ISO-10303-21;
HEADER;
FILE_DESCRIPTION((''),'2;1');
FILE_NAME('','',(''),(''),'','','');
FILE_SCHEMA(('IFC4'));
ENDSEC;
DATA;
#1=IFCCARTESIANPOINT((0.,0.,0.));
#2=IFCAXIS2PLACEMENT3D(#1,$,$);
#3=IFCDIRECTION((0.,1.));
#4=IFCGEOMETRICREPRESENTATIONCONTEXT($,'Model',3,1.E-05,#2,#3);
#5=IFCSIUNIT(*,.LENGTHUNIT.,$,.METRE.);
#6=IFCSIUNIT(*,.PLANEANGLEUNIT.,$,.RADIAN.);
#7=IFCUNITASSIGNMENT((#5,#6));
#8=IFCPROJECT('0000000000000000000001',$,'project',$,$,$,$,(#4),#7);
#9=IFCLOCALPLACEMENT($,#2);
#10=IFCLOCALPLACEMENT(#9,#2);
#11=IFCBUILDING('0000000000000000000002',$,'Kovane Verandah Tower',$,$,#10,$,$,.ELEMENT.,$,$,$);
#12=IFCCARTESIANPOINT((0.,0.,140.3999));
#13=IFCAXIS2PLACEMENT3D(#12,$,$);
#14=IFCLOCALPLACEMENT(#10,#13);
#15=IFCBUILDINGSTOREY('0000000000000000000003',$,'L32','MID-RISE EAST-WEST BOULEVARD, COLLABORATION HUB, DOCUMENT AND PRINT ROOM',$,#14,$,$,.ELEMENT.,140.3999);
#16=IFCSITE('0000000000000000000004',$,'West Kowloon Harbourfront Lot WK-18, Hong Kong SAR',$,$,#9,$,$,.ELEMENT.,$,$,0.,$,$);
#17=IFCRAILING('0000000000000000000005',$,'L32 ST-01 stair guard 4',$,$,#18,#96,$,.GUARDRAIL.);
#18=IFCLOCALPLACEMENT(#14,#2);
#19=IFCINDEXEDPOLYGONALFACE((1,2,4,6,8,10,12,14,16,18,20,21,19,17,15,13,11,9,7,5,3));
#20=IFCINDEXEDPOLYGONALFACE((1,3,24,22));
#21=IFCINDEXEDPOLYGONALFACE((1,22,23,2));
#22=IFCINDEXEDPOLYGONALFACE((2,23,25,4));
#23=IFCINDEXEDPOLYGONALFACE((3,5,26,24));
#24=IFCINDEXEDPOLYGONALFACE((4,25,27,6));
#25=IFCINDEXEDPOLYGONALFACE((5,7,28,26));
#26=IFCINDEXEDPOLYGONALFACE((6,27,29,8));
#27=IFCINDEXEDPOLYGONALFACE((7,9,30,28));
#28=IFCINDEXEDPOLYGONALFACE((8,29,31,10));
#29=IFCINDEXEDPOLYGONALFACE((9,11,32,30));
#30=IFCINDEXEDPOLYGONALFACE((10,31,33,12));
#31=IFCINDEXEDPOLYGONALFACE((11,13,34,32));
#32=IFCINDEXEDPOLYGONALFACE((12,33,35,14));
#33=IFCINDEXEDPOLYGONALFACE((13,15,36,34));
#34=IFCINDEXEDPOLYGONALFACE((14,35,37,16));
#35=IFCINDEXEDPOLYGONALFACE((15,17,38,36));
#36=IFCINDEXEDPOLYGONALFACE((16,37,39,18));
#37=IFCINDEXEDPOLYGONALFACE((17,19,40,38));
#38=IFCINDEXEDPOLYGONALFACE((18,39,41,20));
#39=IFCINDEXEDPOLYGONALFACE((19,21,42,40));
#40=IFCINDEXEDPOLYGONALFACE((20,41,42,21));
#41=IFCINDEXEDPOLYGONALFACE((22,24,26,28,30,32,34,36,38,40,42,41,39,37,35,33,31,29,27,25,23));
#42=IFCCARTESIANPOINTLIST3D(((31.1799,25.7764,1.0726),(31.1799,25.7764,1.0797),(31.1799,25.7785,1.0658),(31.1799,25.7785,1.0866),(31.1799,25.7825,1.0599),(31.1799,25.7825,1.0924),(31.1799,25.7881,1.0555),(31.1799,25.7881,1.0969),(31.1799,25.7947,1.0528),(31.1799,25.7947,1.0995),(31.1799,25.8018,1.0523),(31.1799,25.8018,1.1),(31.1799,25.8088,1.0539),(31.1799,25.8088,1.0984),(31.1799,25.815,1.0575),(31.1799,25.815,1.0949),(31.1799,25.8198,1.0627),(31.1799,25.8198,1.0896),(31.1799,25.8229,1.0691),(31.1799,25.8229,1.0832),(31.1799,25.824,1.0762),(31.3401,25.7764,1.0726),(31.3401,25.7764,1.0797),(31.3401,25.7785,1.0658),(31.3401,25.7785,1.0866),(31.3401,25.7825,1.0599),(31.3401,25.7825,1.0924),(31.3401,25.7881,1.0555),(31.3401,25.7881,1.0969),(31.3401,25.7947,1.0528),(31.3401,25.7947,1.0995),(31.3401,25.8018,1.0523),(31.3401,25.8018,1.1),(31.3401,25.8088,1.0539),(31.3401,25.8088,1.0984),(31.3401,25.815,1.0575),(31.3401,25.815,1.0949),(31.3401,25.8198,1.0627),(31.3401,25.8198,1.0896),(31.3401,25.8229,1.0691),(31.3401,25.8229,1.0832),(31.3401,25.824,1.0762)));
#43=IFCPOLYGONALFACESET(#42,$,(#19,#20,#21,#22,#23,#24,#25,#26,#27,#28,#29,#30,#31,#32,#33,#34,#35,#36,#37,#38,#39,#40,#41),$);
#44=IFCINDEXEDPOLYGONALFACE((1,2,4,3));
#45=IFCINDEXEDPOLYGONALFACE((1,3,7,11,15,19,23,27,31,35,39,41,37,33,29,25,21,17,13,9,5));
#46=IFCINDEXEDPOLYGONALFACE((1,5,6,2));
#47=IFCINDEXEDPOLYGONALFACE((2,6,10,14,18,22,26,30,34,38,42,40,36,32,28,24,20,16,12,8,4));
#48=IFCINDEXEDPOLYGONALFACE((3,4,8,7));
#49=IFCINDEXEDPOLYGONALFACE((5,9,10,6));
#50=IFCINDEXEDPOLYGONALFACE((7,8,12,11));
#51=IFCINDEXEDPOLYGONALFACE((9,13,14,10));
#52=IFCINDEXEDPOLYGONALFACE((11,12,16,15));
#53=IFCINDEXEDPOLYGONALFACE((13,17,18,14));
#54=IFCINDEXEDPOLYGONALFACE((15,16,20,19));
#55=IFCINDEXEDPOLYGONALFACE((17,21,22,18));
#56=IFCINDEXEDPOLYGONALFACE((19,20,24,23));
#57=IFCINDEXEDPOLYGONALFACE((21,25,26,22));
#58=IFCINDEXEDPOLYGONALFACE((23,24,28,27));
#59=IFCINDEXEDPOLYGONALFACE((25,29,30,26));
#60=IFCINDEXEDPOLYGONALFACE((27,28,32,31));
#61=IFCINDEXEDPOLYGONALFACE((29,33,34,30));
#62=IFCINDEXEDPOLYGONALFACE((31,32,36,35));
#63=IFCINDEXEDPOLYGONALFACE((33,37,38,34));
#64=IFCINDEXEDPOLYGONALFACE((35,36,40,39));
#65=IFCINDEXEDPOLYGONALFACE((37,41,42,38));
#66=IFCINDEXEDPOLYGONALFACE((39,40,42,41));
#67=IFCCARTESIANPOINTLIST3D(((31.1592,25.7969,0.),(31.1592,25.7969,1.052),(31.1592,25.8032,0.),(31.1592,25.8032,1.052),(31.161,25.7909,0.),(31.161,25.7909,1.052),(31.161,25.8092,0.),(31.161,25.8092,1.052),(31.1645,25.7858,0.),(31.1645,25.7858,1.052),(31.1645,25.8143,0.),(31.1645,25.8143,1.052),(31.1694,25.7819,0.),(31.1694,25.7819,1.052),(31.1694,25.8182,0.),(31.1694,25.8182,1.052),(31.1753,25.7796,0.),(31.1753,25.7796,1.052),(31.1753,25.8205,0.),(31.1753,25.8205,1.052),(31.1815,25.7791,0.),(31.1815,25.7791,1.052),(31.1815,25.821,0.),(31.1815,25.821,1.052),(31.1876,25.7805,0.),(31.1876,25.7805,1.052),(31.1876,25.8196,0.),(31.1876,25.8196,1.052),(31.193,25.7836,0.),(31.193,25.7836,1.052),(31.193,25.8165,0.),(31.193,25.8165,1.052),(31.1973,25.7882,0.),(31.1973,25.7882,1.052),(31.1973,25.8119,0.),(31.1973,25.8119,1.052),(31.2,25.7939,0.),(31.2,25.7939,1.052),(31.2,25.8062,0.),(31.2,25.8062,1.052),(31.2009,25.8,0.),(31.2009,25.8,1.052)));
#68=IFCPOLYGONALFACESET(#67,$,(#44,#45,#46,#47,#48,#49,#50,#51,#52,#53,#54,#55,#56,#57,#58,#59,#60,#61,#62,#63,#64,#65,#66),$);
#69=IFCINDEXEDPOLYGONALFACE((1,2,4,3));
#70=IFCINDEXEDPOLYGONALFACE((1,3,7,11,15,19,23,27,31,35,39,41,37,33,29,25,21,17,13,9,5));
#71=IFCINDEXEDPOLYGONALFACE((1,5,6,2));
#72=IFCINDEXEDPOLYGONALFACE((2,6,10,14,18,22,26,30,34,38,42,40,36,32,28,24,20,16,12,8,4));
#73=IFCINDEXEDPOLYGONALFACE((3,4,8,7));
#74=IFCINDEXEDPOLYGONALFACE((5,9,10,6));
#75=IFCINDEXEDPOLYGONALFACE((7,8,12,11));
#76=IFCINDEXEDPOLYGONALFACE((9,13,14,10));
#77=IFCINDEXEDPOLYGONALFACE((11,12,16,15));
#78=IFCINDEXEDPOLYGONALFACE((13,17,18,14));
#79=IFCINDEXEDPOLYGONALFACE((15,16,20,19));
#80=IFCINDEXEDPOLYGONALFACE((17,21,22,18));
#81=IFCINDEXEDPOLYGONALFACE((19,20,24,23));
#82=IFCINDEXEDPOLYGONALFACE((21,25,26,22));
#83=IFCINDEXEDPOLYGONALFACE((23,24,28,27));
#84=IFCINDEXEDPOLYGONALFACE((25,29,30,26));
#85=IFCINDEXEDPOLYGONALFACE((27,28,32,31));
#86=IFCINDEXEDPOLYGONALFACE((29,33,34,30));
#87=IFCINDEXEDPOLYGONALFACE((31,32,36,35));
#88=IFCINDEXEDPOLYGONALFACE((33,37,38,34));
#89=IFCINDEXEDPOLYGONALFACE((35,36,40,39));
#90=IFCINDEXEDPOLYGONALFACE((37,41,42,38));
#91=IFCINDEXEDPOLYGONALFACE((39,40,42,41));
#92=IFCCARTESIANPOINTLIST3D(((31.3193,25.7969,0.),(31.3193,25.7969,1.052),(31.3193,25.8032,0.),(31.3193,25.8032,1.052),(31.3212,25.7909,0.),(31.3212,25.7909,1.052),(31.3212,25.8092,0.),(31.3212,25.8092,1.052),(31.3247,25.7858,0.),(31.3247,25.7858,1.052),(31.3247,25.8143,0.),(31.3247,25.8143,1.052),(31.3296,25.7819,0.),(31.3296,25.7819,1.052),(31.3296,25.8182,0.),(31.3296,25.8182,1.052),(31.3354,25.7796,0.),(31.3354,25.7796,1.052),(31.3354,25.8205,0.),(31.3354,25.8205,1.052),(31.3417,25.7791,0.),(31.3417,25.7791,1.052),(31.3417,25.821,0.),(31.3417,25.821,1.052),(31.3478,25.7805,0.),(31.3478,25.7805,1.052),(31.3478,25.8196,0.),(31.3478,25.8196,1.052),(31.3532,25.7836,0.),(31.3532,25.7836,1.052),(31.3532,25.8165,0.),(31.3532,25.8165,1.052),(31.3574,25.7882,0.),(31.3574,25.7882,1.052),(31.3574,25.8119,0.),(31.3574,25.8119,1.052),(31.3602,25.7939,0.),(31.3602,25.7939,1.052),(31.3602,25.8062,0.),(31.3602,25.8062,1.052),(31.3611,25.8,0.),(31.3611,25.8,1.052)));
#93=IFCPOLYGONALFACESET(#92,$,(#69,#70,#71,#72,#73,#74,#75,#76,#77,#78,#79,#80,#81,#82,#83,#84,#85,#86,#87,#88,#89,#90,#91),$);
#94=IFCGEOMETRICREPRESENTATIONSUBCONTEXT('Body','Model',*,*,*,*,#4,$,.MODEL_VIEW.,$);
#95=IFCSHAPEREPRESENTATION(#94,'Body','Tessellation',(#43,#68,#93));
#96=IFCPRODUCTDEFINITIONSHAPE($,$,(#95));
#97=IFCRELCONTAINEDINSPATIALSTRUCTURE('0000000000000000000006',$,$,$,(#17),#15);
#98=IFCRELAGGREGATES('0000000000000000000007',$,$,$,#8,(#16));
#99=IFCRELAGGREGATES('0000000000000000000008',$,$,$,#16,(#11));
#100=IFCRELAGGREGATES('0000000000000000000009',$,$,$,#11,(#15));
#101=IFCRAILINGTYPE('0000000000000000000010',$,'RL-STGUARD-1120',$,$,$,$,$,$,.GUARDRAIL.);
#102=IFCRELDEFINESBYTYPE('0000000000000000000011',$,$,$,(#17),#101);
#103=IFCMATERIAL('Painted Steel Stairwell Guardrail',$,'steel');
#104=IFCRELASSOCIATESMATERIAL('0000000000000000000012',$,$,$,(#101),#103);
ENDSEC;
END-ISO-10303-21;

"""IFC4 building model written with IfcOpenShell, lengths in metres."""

from ifc_helpers import new_model, si_unit, direction, frame, origin, origin_2d, place, context, subcontext, project, spatial, circle, extrude, material, type_object, element, save


model = new_model("IFC4")

# Units and contexts
model_context = context("Model", 3, precision=1e-05, world=origin(), true_north=direction((0.0, 1.0)))
body_context = subcontext(model_context, "Body", "Model", "MODEL_VIEW")
ifc_project = project(units=[si_unit("LENGTHUNIT", "METRE"), si_unit("PLANEANGLEUNIT", "RADIAN")], contexts=[model_context])

# Site, building, storey
site_placement = place(None, origin())
site = spatial("IfcSite", under=ifc_project, at=site_placement, Name="West Kowloon Harbourfront Lot WK-18, Hong Kong SAR", CompositionType="ELEMENT", RefElevation=0.0)
building_placement = place(site_placement, origin())
building = spatial("IfcBuilding", under=site, at=building_placement, Name="Kovane Verandah Tower", CompositionType="ELEMENT")
storey_placement = place(building_placement, frame((0.0, 0.0, 140.3999)))
storey = spatial("IfcBuildingStorey", under=building, at=storey_placement, Name="L32", Description="MID-RISE EAST-WEST BOULEVARD, COLLABORATION HUB, DOCUMENT AND PRINT ROOM", CompositionType="ELEMENT", Elevation=140.3999)

# Railing
ifc_material_1 = material(Name="Painted Steel Stairwell Guardrail", Category="steel")
railing_type_1 = type_object("IfcRailingType", Name="RL-STGUARD-1120", PredefinedType="GUARDRAIL", material=ifc_material_1)
railing_1_placement = place(storey_placement, frame((31.1799, 25.8, 0.0)))
element("IfcRailing", 1, at=railing_1_placement, inside=storey, type_object=railing_type_1, Name="L32 ST-01 stair guard 4", PredefinedType="GUARDRAIL", context=body_context, shape_type="SweptSolid", body=[
    extrude(circle(Radius=0.0239, at=origin_2d()), frame((0.0, 0.0, 1.0762), z_axis=(1.0, 0.0, 0.0), x_axis=(0.0, 1.0, 0.0)), (0.0, 0.0, 1.0), 0.1602),
    extrude(circle(Radius=0.021, at=origin_2d()), origin(), (0.0, 0.0, 1.0), 1.052),
    extrude(circle(Radius=0.021, at=origin_2d()), frame((0.1602, 0.0, 0.0)), (0.0, 0.0, 1.0), 1.052),
])

save(model, "model.ifc")
